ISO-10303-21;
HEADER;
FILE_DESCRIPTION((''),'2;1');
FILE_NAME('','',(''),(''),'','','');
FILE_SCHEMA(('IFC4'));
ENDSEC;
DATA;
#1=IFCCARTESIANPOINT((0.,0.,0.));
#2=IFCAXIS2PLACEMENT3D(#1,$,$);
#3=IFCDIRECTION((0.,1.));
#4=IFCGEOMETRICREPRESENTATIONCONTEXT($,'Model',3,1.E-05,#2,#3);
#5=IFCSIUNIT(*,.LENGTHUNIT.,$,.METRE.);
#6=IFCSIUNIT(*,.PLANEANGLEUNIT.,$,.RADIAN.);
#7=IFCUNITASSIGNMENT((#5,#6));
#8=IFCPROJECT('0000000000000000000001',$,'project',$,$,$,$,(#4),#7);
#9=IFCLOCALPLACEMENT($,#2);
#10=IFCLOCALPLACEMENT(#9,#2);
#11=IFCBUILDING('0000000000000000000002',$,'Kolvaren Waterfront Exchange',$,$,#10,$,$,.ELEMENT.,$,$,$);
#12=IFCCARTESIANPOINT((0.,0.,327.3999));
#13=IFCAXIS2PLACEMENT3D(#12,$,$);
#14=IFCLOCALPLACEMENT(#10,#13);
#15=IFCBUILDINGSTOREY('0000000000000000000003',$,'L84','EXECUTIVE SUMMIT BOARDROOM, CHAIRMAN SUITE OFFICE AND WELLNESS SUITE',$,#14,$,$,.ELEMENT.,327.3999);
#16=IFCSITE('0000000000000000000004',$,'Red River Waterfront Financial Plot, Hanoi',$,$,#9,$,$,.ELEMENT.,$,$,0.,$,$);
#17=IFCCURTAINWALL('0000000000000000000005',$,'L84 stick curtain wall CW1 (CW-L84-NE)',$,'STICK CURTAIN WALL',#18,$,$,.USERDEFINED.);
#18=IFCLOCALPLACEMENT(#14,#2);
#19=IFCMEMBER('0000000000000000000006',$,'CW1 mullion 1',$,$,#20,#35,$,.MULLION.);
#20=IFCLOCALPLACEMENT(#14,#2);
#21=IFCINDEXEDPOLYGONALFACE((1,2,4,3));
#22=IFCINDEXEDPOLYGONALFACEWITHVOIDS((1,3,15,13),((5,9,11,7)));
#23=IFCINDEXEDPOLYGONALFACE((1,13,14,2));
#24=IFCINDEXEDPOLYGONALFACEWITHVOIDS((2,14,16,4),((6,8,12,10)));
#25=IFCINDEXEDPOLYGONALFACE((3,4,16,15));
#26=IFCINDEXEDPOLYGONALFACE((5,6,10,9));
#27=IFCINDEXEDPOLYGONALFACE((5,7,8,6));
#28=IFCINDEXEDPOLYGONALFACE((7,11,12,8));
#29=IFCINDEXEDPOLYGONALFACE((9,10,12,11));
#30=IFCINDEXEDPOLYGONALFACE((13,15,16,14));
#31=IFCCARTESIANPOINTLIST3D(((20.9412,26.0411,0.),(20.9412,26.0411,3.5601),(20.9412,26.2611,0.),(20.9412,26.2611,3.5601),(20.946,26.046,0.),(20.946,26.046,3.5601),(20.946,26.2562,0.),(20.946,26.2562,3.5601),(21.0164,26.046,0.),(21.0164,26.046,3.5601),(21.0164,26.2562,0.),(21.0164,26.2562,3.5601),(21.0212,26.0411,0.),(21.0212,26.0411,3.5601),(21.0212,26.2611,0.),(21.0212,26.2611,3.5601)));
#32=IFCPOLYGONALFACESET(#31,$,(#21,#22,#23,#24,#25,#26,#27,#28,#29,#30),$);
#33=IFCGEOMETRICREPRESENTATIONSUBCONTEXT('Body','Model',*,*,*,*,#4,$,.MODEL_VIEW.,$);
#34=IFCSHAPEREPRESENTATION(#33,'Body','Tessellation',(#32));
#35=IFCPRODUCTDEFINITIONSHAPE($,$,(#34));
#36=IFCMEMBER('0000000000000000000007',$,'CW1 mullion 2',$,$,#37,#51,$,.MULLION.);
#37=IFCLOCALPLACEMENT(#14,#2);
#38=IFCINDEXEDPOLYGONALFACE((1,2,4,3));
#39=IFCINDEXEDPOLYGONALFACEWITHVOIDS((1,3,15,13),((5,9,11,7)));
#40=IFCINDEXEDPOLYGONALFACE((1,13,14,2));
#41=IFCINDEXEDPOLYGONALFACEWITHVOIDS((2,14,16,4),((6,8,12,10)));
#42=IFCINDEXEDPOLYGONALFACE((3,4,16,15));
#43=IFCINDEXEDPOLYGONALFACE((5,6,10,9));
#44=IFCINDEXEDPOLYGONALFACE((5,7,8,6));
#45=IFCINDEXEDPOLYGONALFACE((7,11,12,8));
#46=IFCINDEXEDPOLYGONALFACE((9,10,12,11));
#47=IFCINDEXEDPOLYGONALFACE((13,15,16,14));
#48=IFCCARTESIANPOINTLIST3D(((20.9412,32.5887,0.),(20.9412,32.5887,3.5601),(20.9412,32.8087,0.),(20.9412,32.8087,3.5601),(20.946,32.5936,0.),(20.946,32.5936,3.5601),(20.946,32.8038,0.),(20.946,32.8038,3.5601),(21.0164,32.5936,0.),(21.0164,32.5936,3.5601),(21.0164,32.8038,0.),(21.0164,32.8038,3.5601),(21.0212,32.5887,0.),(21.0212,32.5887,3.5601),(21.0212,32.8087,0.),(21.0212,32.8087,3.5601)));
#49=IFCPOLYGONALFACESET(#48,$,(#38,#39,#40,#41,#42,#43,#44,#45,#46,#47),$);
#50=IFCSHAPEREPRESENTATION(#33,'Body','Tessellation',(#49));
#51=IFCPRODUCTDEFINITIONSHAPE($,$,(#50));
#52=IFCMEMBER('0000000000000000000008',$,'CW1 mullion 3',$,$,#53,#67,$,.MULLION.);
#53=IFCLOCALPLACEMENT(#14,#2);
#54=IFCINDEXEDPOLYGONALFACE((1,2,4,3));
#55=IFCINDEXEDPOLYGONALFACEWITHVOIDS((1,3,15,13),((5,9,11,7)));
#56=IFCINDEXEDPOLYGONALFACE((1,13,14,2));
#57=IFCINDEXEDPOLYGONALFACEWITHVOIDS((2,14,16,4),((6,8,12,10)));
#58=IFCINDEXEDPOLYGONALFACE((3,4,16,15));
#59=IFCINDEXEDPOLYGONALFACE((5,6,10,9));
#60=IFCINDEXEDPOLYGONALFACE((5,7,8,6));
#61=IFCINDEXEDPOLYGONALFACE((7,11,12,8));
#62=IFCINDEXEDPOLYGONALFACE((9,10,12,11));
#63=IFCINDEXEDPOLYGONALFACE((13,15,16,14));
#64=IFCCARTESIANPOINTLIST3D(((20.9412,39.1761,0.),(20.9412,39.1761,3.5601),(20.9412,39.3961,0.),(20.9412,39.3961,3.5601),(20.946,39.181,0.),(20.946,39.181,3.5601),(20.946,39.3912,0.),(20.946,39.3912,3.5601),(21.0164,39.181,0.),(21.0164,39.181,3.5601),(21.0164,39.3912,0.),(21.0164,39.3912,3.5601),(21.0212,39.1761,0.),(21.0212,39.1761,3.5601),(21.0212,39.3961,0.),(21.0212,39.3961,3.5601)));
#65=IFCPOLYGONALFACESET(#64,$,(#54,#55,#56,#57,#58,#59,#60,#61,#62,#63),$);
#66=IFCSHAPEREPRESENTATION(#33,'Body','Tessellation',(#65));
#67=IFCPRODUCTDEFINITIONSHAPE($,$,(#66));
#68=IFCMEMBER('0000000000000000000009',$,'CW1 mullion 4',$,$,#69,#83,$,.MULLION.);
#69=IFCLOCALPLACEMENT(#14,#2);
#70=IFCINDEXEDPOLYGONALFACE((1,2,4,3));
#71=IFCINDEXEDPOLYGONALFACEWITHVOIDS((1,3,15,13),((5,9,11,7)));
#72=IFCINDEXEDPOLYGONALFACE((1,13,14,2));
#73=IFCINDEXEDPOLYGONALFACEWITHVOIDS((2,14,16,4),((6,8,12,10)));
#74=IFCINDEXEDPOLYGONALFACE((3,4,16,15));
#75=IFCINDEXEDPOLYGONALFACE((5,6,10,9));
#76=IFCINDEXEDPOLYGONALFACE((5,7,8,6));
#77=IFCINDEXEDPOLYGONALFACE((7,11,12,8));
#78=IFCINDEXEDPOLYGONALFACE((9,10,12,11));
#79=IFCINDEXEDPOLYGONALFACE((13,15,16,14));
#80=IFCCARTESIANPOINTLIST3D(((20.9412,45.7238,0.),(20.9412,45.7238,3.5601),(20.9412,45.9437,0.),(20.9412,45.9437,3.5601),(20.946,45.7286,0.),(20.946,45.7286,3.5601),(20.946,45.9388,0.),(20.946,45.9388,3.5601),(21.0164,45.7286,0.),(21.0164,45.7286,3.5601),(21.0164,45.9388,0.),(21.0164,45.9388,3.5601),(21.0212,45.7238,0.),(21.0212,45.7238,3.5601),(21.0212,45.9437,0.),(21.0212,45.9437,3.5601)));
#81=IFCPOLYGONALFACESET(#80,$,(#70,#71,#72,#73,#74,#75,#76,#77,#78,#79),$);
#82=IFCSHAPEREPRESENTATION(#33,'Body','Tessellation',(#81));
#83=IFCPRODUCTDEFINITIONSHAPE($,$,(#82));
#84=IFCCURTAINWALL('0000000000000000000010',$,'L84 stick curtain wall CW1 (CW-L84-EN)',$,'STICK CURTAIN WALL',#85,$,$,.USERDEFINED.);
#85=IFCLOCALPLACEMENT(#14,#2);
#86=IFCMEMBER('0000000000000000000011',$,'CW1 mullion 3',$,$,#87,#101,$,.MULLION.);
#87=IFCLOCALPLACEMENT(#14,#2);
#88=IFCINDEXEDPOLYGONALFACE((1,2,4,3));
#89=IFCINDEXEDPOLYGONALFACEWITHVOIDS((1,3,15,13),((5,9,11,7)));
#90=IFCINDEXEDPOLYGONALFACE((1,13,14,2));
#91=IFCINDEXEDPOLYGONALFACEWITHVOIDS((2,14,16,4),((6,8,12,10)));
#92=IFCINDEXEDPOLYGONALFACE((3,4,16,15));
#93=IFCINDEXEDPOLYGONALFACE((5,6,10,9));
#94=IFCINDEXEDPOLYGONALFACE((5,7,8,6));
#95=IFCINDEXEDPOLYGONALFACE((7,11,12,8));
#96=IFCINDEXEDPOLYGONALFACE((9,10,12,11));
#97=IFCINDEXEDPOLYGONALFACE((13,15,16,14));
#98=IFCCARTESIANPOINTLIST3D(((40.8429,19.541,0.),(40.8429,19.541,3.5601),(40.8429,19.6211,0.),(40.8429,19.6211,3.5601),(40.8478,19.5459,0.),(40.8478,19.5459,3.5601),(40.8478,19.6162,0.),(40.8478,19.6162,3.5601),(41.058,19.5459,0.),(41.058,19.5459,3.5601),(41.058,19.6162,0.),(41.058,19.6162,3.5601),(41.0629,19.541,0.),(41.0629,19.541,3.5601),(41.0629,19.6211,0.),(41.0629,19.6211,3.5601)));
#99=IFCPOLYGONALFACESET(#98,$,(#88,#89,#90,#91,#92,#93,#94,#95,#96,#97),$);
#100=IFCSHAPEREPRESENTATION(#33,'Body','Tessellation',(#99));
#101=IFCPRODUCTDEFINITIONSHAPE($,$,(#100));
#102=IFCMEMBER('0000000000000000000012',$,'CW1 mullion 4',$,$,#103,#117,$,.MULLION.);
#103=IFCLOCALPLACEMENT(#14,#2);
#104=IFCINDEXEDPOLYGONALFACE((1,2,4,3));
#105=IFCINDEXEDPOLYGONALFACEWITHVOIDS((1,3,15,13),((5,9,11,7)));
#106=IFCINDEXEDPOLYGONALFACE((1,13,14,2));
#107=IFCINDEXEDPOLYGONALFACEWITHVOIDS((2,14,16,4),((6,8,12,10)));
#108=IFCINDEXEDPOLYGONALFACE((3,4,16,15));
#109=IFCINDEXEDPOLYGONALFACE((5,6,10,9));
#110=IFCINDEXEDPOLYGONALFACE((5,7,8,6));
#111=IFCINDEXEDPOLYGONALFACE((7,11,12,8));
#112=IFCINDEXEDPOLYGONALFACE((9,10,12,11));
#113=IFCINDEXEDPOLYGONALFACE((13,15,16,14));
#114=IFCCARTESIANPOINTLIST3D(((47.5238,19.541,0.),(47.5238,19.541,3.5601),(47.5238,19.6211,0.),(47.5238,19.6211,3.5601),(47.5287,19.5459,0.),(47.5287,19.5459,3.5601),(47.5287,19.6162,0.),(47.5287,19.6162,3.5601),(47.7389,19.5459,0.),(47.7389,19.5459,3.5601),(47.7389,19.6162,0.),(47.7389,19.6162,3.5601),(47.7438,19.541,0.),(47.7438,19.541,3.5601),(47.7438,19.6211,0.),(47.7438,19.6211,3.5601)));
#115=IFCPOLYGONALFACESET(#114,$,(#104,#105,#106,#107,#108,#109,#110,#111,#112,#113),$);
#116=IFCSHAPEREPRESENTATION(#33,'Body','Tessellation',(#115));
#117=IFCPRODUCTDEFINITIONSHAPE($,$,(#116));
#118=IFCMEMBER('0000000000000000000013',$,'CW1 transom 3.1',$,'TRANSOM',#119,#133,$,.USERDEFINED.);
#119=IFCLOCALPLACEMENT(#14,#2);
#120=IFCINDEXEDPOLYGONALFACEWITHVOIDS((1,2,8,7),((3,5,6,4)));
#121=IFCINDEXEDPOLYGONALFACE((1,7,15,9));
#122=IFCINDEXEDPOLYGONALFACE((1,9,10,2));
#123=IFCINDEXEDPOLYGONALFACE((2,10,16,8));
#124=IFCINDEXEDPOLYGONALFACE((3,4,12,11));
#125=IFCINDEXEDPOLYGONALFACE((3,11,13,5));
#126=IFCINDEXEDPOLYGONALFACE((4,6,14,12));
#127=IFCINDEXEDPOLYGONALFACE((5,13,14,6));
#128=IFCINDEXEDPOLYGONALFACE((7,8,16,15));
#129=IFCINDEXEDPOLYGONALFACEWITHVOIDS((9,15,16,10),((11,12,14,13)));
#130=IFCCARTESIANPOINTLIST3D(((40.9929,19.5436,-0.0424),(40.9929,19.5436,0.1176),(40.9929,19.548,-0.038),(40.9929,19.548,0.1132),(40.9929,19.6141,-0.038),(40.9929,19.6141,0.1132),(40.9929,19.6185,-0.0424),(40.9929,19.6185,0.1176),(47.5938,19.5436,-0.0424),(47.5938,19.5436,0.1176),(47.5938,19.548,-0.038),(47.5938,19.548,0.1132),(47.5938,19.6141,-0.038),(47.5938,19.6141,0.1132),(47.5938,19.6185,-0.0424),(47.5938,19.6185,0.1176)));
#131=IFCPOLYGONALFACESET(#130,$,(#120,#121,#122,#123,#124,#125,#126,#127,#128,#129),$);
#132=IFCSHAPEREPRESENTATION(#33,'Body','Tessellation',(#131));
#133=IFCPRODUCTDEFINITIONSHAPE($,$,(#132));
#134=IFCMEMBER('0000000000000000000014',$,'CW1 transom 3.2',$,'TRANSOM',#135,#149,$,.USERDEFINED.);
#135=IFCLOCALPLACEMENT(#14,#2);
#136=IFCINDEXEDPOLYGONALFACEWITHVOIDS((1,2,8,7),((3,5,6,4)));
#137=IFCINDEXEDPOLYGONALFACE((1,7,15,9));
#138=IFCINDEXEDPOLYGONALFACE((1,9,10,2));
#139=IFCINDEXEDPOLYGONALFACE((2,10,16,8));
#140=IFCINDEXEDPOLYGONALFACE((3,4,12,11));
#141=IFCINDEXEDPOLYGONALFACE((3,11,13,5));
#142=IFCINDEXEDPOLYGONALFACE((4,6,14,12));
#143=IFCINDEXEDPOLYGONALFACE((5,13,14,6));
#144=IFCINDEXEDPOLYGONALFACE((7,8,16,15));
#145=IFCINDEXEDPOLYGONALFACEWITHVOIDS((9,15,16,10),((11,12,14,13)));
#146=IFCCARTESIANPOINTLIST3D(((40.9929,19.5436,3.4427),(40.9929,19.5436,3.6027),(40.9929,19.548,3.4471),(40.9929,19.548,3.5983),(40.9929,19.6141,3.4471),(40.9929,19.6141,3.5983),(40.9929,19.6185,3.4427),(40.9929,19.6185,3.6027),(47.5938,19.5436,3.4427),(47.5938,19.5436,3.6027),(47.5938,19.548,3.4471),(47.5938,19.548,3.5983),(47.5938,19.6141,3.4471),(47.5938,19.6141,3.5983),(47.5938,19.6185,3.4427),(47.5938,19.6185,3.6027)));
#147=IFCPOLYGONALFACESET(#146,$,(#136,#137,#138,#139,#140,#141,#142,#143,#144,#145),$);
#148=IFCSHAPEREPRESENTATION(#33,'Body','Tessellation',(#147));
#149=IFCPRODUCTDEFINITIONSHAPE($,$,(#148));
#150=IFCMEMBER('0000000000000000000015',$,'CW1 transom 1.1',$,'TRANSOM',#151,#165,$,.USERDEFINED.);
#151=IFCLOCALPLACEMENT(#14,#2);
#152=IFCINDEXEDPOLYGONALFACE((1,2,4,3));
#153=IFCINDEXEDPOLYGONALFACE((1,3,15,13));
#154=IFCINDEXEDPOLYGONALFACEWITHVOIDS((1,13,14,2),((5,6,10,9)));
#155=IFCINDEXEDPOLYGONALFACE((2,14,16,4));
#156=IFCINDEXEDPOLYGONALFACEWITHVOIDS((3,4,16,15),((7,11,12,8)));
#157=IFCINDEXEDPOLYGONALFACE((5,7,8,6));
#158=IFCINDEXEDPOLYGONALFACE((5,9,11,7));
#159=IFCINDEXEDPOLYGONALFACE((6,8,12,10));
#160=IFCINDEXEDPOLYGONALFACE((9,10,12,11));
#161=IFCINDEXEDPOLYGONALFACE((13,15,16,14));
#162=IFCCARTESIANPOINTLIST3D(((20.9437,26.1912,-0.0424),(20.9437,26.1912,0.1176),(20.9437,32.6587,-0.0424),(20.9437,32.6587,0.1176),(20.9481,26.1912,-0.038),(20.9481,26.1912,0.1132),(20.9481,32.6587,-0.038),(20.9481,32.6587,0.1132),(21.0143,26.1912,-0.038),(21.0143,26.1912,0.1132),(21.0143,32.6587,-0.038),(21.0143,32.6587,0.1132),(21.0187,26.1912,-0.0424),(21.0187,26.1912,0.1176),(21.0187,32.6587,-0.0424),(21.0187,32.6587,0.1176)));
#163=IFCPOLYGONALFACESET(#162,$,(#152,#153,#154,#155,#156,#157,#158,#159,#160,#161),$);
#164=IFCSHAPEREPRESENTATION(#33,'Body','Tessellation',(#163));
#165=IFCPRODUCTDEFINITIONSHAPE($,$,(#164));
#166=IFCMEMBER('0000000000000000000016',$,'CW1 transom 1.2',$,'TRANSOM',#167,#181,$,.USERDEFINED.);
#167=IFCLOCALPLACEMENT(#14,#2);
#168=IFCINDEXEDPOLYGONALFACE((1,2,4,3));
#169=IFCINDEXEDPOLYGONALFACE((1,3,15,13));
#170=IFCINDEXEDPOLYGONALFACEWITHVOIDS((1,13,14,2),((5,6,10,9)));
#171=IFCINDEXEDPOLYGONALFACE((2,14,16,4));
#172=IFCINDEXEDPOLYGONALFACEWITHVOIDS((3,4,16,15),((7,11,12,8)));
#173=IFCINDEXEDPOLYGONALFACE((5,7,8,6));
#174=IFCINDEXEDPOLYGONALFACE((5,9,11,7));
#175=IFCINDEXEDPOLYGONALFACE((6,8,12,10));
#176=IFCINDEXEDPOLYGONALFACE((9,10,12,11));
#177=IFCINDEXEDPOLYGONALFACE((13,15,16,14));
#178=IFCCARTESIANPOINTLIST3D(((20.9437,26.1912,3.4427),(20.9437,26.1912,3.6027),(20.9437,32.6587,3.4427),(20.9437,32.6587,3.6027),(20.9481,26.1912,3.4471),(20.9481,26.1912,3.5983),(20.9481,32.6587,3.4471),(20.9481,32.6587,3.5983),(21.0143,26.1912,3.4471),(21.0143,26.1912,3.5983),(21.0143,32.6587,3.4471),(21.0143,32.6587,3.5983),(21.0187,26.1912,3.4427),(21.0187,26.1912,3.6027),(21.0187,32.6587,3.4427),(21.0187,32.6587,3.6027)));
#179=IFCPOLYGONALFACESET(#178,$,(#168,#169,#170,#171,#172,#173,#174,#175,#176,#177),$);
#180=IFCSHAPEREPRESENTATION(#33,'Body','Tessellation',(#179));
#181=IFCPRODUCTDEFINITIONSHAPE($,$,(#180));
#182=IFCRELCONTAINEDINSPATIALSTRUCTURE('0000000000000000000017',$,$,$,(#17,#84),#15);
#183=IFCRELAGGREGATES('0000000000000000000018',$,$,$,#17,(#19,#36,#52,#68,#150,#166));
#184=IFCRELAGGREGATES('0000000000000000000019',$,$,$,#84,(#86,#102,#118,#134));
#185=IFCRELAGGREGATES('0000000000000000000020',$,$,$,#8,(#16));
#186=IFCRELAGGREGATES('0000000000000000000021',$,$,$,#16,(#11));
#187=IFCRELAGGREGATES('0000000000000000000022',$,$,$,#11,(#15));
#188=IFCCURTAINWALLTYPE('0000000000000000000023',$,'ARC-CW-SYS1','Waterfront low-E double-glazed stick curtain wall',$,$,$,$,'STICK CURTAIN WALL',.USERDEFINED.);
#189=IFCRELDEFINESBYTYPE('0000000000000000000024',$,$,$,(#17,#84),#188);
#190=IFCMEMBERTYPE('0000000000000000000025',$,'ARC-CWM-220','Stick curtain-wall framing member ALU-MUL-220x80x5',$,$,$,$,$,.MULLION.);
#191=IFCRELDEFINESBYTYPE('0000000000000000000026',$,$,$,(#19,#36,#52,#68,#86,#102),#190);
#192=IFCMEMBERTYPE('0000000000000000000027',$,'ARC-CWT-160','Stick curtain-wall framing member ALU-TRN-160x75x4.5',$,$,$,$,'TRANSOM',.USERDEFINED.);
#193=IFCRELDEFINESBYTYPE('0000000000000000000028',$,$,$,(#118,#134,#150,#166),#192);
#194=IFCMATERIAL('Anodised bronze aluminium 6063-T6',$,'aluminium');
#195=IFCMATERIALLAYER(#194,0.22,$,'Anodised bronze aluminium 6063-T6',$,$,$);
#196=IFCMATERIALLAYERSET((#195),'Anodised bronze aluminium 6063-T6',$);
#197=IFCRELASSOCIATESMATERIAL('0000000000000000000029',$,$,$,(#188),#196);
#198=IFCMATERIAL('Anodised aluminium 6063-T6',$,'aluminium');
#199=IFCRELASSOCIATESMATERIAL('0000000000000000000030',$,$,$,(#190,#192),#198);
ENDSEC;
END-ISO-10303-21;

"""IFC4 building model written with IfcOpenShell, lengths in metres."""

from ifc_helpers import new_model, si_unit, direction, frame, origin, origin_with_axes, origin_2d, place, context, subcontext, project, spatial, hollow_rectangle, extrude, source, transform, mapped, material, layer, layer_set, material_profile, profile_set, type_object, element, aggregate, save


model = new_model("IFC4")

# Units and contexts
model_context = context("Model", 3, precision=1e-05, world=origin(), true_north=direction((0.0, 1.0)))
body_context = subcontext(model_context, "Body", "Model", "MODEL_VIEW")
ifc_project = project(units=[si_unit("LENGTHUNIT", "METRE"), si_unit("PLANEANGLEUNIT", "RADIAN")], contexts=[model_context])

# Site, building, storey
site_placement = place(None, origin())
site = spatial("IfcSite", under=ifc_project, at=site_placement, Name="Red River Waterfront Financial Plot, Hanoi", CompositionType="ELEMENT", RefElevation=0.0)
building_placement = place(site_placement, origin())
building = spatial("IfcBuilding", under=site, at=building_placement, Name="Kolvaren Waterfront Exchange", CompositionType="ELEMENT")
storey_placement = place(building_placement, frame((0.0, 0.0, 327.3999)))
storey = spatial("IfcBuildingStorey", under=building, at=storey_placement, Name="L84", Description="EXECUTIVE SUMMIT BOARDROOM, CHAIRMAN SUITE OFFICE AND WELLNESS SUITE", CompositionType="ELEMENT", Elevation=327.3999)

# Curtain walls, members
ifc_material_1 = material(Name="Anodised bronze aluminium 6063-T6", Category="aluminium")
ifc_layer_1 = layer(ifc_material_1, 0.22, Name="Anodised bronze aluminium 6063-T6")
ifc_layer_set_1 = layer_set([ifc_layer_1], Name="Anodised bronze aluminium 6063-T6")
curtain_wall_type = type_object("IfcCurtainWallType", Name="ARC-CW-SYS1", Description="Waterfront low-E double-glazed stick curtain wall", ElementType="STICK CURTAIN WALL", PredefinedType="USERDEFINED", material=ifc_layer_set_1)
curtain_wall_1_placement = place(storey_placement, origin())
curtain_wall_1 = element("IfcCurtainWall", 1, at=curtain_wall_1_placement, inside=storey, type_object=curtain_wall_type, Name="L84 stick curtain wall CW1 (CW-L84-NE)", ObjectType="STICK CURTAIN WALL", PredefinedType="USERDEFINED")
ifc_material_2 = material(Name="Anodised aluminium 6063-T6", Category="aluminium")
ifc_material_profile_1 = material_profile(ifc_material_2, hollow_rectangle(XDim=0.0801, YDim=0.22, WallThickness=0.0049, at=origin_2d()), Name="ALU-MUL-220x80x5")
ifc_profile_set_1 = profile_set([ifc_material_profile_1], Name="Anodised aluminium 6063-T6")
member_type_1 = type_object("IfcMemberType", Name="ARC-CWM-220", Description="Stick curtain-wall framing member ALU-MUL-220x80x5", PredefinedType="MULLION", material=ifc_profile_set_1)
shared_shape_1 = source(origin_with_axes(), body_context, "Body", "SweptSolid", [
    extrude(hollow_rectangle(XDim=0.0801, YDim=0.22, WallThickness=0.0049, at=origin_2d()), origin(), (0.0, 0.0, 1.0), 3.5601),
])
member_1_placement = place(storey_placement, frame((20.9812, 26.1511, 0.0), z_axis=(0.0, 0.0, 1.0), x_axis=(-1.0, 0.0, 0.0)))
member_1 = element("IfcMember", 2, at=member_1_placement, type_object=member_type_1, Name="CW1 mullion 1", PredefinedType="MULLION", context=body_context, shape_type="MappedRepresentation", body=[
    mapped(shared_shape_1, transform((0.0, 0.0, 0.0), x_axis=(1.0, 0.0, 0.0), y_axis=(0.0, 1.0, 0.0), z_axis=(0.0, 0.0, 1.0), scale=1.0)),
])
member_2_placement = place(storey_placement, frame((20.9812, 32.6987, 0.0), z_axis=(0.0, 0.0, 1.0), x_axis=(-1.0, 0.0, 0.0)))
member_2 = element("IfcMember", 3, at=member_2_placement, type_object=member_type_1, Name="CW1 mullion 2", PredefinedType="MULLION", context=body_context, shape_type="MappedRepresentation", body=[
    mapped(shared_shape_1, transform((0.0, 0.0, 0.0), x_axis=(1.0, 0.0, 0.0), y_axis=(0.0, 1.0, 0.0), z_axis=(0.0, 0.0, 1.0), scale=1.0)),
])
member_3_placement = place(storey_placement, frame((20.9812, 39.2861, 0.0), z_axis=(0.0, 0.0, 1.0), x_axis=(-1.0, 0.0, 0.0)))
member_3 = element("IfcMember", 4, at=member_3_placement, type_object=member_type_1, Name="CW1 mullion 3", PredefinedType="MULLION", context=body_context, shape_type="MappedRepresentation", body=[
    mapped(shared_shape_1, transform((0.0, 0.0, 0.0), x_axis=(1.0, 0.0, 0.0), y_axis=(0.0, 1.0, 0.0), z_axis=(0.0, 0.0, 1.0), scale=1.0)),
])
member_4_placement = place(storey_placement, frame((20.9812, 45.8337, 0.0), z_axis=(0.0, 0.0, 1.0), x_axis=(-1.0, 0.0, 0.0)))
member_4 = element("IfcMember", 5, at=member_4_placement, type_object=member_type_1, Name="CW1 mullion 4", PredefinedType="MULLION", context=body_context, shape_type="MappedRepresentation", body=[
    mapped(shared_shape_1, transform((0.0, 0.0, 0.0), x_axis=(1.0, 0.0, 0.0), y_axis=(0.0, 1.0, 0.0), z_axis=(0.0, 0.0, 1.0), scale=1.0)),
])
curtain_wall_2_placement = place(storey_placement, origin())
curtain_wall_2 = element("IfcCurtainWall", 6, at=curtain_wall_2_placement, inside=storey, type_object=curtain_wall_type, Name="L84 stick curtain wall CW1 (CW-L84-EN)", ObjectType="STICK CURTAIN WALL", PredefinedType="USERDEFINED")
member_5_placement = place(storey_placement, frame((40.9529, 19.5811, 0.0), z_axis=(0.0, 0.0, 1.0), x_axis=(0.0, 1.0, 0.0)))
member_5 = element("IfcMember", 7, at=member_5_placement, type_object=member_type_1, Name="CW1 mullion 3", PredefinedType="MULLION", context=body_context, shape_type="MappedRepresentation", body=[
    mapped(shared_shape_1, transform((0.0, 0.0, 0.0), x_axis=(1.0, 0.0, 0.0), y_axis=(0.0, 1.0, 0.0), z_axis=(0.0, 0.0, 1.0), scale=1.0)),
])
member_6_placement = place(storey_placement, frame((47.6338, 19.5811, 0.0), z_axis=(0.0, 0.0, 1.0), x_axis=(0.0, 1.0, 0.0)))
member_6 = element("IfcMember", 8, at=member_6_placement, type_object=member_type_1, Name="CW1 mullion 4", PredefinedType="MULLION", context=body_context, shape_type="MappedRepresentation", body=[
    mapped(shared_shape_1, transform((0.0, 0.0, 0.0), x_axis=(1.0, 0.0, 0.0), y_axis=(0.0, 1.0, 0.0), z_axis=(0.0, 0.0, 1.0), scale=1.0)),
])
ifc_material_profile_2 = material_profile(ifc_material_2, hollow_rectangle(XDim=0.075, YDim=0.1599, WallThickness=0.0044, at=origin_2d()), Name="ALU-TRN-160x75x4.5")
ifc_profile_set_2 = profile_set([ifc_material_profile_2], Name="Anodised aluminium 6063-T6")
member_type_2 = type_object("IfcMemberType", Name="ARC-CWT-160", Description="Stick curtain-wall framing member ALU-TRN-160x75x4.5", ElementType="TRANSOM", PredefinedType="USERDEFINED", material=ifc_profile_set_2)
shared_shape_2 = source(origin_with_axes(), body_context, "Body", "SweptSolid", [
    extrude(hollow_rectangle(XDim=0.075, YDim=0.1599, WallThickness=0.0044, at=origin_2d()), origin(), (0.0, 0.0, 1.0), 6.6008),
])
member_7_placement = place(storey_placement, frame((40.9929, 19.5811, 0.0376), z_axis=(1.0, 0.0, 0.0), x_axis=(0.0, 1.0, 0.0)))
member_7 = element("IfcMember", 9, at=member_7_placement, type_object=member_type_2, Name="CW1 transom 3.1", ObjectType="TRANSOM", PredefinedType="USERDEFINED", context=body_context, shape_type="MappedRepresentation", body=[
    mapped(shared_shape_2, transform((0.0, 0.0, 0.0), x_axis=(1.0, 0.0, 0.0), y_axis=(0.0, 1.0, 0.0), z_axis=(0.0, 0.0, 1.0), scale=1.0)),
])
member_8_placement = place(storey_placement, frame((40.9929, 19.5811, 3.5227), z_axis=(1.0, 0.0, 0.0), x_axis=(0.0, 1.0, 0.0)))
member_8 = element("IfcMember", 10, at=member_8_placement, type_object=member_type_2, Name="CW1 transom 3.2", ObjectType="TRANSOM", PredefinedType="USERDEFINED", context=body_context, shape_type="MappedRepresentation", body=[
    mapped(shared_shape_2, transform((0.0, 0.0, 0.0), x_axis=(1.0, 0.0, 0.0), y_axis=(0.0, 1.0, 0.0), z_axis=(0.0, 0.0, 1.0), scale=1.0)),
])

# Members
shared_shape_3 = source(origin_with_axes(), body_context, "Body", "SweptSolid", [
    extrude(hollow_rectangle(XDim=0.075, YDim=0.1599, WallThickness=0.0044, at=origin_2d()), origin(), (0.0, 0.0, 1.0), 6.4675),
])
member_9_placement = place(storey_placement, frame((20.9812, 26.1912, 0.0376), z_axis=(0.0, 1.0, 0.0), x_axis=(-1.0, 0.0, 0.0)))
member_9 = element("IfcMember", 11, at=member_9_placement, type_object=member_type_2, Name="CW1 transom 1.1", ObjectType="TRANSOM", PredefinedType="USERDEFINED", context=body_context, shape_type="MappedRepresentation", body=[
    mapped(shared_shape_3, transform((0.0, 0.0, 0.0), x_axis=(1.0, 0.0, 0.0), y_axis=(0.0, 1.0, 0.0), z_axis=(0.0, 0.0, 1.0), scale=1.0)),
])
member_10_placement = place(storey_placement, frame((20.9812, 26.1912, 3.5227), z_axis=(0.0, 1.0, 0.0), x_axis=(-1.0, 0.0, 0.0)))
member_10 = element("IfcMember", 12, at=member_10_placement, type_object=member_type_2, Name="CW1 transom 1.2", ObjectType="TRANSOM", PredefinedType="USERDEFINED", context=body_context, shape_type="MappedRepresentation", body=[
    mapped(shared_shape_3, transform((0.0, 0.0, 0.0), x_axis=(1.0, 0.0, 0.0), y_axis=(0.0, 1.0, 0.0), z_axis=(0.0, 0.0, 1.0), scale=1.0)),
])

aggregate(curtain_wall_1, [member_1, member_2, member_3, member_4, member_9, member_10])
aggregate(curtain_wall_2, [member_5, member_6, member_7, member_8])

save(model, "model.ifc")
